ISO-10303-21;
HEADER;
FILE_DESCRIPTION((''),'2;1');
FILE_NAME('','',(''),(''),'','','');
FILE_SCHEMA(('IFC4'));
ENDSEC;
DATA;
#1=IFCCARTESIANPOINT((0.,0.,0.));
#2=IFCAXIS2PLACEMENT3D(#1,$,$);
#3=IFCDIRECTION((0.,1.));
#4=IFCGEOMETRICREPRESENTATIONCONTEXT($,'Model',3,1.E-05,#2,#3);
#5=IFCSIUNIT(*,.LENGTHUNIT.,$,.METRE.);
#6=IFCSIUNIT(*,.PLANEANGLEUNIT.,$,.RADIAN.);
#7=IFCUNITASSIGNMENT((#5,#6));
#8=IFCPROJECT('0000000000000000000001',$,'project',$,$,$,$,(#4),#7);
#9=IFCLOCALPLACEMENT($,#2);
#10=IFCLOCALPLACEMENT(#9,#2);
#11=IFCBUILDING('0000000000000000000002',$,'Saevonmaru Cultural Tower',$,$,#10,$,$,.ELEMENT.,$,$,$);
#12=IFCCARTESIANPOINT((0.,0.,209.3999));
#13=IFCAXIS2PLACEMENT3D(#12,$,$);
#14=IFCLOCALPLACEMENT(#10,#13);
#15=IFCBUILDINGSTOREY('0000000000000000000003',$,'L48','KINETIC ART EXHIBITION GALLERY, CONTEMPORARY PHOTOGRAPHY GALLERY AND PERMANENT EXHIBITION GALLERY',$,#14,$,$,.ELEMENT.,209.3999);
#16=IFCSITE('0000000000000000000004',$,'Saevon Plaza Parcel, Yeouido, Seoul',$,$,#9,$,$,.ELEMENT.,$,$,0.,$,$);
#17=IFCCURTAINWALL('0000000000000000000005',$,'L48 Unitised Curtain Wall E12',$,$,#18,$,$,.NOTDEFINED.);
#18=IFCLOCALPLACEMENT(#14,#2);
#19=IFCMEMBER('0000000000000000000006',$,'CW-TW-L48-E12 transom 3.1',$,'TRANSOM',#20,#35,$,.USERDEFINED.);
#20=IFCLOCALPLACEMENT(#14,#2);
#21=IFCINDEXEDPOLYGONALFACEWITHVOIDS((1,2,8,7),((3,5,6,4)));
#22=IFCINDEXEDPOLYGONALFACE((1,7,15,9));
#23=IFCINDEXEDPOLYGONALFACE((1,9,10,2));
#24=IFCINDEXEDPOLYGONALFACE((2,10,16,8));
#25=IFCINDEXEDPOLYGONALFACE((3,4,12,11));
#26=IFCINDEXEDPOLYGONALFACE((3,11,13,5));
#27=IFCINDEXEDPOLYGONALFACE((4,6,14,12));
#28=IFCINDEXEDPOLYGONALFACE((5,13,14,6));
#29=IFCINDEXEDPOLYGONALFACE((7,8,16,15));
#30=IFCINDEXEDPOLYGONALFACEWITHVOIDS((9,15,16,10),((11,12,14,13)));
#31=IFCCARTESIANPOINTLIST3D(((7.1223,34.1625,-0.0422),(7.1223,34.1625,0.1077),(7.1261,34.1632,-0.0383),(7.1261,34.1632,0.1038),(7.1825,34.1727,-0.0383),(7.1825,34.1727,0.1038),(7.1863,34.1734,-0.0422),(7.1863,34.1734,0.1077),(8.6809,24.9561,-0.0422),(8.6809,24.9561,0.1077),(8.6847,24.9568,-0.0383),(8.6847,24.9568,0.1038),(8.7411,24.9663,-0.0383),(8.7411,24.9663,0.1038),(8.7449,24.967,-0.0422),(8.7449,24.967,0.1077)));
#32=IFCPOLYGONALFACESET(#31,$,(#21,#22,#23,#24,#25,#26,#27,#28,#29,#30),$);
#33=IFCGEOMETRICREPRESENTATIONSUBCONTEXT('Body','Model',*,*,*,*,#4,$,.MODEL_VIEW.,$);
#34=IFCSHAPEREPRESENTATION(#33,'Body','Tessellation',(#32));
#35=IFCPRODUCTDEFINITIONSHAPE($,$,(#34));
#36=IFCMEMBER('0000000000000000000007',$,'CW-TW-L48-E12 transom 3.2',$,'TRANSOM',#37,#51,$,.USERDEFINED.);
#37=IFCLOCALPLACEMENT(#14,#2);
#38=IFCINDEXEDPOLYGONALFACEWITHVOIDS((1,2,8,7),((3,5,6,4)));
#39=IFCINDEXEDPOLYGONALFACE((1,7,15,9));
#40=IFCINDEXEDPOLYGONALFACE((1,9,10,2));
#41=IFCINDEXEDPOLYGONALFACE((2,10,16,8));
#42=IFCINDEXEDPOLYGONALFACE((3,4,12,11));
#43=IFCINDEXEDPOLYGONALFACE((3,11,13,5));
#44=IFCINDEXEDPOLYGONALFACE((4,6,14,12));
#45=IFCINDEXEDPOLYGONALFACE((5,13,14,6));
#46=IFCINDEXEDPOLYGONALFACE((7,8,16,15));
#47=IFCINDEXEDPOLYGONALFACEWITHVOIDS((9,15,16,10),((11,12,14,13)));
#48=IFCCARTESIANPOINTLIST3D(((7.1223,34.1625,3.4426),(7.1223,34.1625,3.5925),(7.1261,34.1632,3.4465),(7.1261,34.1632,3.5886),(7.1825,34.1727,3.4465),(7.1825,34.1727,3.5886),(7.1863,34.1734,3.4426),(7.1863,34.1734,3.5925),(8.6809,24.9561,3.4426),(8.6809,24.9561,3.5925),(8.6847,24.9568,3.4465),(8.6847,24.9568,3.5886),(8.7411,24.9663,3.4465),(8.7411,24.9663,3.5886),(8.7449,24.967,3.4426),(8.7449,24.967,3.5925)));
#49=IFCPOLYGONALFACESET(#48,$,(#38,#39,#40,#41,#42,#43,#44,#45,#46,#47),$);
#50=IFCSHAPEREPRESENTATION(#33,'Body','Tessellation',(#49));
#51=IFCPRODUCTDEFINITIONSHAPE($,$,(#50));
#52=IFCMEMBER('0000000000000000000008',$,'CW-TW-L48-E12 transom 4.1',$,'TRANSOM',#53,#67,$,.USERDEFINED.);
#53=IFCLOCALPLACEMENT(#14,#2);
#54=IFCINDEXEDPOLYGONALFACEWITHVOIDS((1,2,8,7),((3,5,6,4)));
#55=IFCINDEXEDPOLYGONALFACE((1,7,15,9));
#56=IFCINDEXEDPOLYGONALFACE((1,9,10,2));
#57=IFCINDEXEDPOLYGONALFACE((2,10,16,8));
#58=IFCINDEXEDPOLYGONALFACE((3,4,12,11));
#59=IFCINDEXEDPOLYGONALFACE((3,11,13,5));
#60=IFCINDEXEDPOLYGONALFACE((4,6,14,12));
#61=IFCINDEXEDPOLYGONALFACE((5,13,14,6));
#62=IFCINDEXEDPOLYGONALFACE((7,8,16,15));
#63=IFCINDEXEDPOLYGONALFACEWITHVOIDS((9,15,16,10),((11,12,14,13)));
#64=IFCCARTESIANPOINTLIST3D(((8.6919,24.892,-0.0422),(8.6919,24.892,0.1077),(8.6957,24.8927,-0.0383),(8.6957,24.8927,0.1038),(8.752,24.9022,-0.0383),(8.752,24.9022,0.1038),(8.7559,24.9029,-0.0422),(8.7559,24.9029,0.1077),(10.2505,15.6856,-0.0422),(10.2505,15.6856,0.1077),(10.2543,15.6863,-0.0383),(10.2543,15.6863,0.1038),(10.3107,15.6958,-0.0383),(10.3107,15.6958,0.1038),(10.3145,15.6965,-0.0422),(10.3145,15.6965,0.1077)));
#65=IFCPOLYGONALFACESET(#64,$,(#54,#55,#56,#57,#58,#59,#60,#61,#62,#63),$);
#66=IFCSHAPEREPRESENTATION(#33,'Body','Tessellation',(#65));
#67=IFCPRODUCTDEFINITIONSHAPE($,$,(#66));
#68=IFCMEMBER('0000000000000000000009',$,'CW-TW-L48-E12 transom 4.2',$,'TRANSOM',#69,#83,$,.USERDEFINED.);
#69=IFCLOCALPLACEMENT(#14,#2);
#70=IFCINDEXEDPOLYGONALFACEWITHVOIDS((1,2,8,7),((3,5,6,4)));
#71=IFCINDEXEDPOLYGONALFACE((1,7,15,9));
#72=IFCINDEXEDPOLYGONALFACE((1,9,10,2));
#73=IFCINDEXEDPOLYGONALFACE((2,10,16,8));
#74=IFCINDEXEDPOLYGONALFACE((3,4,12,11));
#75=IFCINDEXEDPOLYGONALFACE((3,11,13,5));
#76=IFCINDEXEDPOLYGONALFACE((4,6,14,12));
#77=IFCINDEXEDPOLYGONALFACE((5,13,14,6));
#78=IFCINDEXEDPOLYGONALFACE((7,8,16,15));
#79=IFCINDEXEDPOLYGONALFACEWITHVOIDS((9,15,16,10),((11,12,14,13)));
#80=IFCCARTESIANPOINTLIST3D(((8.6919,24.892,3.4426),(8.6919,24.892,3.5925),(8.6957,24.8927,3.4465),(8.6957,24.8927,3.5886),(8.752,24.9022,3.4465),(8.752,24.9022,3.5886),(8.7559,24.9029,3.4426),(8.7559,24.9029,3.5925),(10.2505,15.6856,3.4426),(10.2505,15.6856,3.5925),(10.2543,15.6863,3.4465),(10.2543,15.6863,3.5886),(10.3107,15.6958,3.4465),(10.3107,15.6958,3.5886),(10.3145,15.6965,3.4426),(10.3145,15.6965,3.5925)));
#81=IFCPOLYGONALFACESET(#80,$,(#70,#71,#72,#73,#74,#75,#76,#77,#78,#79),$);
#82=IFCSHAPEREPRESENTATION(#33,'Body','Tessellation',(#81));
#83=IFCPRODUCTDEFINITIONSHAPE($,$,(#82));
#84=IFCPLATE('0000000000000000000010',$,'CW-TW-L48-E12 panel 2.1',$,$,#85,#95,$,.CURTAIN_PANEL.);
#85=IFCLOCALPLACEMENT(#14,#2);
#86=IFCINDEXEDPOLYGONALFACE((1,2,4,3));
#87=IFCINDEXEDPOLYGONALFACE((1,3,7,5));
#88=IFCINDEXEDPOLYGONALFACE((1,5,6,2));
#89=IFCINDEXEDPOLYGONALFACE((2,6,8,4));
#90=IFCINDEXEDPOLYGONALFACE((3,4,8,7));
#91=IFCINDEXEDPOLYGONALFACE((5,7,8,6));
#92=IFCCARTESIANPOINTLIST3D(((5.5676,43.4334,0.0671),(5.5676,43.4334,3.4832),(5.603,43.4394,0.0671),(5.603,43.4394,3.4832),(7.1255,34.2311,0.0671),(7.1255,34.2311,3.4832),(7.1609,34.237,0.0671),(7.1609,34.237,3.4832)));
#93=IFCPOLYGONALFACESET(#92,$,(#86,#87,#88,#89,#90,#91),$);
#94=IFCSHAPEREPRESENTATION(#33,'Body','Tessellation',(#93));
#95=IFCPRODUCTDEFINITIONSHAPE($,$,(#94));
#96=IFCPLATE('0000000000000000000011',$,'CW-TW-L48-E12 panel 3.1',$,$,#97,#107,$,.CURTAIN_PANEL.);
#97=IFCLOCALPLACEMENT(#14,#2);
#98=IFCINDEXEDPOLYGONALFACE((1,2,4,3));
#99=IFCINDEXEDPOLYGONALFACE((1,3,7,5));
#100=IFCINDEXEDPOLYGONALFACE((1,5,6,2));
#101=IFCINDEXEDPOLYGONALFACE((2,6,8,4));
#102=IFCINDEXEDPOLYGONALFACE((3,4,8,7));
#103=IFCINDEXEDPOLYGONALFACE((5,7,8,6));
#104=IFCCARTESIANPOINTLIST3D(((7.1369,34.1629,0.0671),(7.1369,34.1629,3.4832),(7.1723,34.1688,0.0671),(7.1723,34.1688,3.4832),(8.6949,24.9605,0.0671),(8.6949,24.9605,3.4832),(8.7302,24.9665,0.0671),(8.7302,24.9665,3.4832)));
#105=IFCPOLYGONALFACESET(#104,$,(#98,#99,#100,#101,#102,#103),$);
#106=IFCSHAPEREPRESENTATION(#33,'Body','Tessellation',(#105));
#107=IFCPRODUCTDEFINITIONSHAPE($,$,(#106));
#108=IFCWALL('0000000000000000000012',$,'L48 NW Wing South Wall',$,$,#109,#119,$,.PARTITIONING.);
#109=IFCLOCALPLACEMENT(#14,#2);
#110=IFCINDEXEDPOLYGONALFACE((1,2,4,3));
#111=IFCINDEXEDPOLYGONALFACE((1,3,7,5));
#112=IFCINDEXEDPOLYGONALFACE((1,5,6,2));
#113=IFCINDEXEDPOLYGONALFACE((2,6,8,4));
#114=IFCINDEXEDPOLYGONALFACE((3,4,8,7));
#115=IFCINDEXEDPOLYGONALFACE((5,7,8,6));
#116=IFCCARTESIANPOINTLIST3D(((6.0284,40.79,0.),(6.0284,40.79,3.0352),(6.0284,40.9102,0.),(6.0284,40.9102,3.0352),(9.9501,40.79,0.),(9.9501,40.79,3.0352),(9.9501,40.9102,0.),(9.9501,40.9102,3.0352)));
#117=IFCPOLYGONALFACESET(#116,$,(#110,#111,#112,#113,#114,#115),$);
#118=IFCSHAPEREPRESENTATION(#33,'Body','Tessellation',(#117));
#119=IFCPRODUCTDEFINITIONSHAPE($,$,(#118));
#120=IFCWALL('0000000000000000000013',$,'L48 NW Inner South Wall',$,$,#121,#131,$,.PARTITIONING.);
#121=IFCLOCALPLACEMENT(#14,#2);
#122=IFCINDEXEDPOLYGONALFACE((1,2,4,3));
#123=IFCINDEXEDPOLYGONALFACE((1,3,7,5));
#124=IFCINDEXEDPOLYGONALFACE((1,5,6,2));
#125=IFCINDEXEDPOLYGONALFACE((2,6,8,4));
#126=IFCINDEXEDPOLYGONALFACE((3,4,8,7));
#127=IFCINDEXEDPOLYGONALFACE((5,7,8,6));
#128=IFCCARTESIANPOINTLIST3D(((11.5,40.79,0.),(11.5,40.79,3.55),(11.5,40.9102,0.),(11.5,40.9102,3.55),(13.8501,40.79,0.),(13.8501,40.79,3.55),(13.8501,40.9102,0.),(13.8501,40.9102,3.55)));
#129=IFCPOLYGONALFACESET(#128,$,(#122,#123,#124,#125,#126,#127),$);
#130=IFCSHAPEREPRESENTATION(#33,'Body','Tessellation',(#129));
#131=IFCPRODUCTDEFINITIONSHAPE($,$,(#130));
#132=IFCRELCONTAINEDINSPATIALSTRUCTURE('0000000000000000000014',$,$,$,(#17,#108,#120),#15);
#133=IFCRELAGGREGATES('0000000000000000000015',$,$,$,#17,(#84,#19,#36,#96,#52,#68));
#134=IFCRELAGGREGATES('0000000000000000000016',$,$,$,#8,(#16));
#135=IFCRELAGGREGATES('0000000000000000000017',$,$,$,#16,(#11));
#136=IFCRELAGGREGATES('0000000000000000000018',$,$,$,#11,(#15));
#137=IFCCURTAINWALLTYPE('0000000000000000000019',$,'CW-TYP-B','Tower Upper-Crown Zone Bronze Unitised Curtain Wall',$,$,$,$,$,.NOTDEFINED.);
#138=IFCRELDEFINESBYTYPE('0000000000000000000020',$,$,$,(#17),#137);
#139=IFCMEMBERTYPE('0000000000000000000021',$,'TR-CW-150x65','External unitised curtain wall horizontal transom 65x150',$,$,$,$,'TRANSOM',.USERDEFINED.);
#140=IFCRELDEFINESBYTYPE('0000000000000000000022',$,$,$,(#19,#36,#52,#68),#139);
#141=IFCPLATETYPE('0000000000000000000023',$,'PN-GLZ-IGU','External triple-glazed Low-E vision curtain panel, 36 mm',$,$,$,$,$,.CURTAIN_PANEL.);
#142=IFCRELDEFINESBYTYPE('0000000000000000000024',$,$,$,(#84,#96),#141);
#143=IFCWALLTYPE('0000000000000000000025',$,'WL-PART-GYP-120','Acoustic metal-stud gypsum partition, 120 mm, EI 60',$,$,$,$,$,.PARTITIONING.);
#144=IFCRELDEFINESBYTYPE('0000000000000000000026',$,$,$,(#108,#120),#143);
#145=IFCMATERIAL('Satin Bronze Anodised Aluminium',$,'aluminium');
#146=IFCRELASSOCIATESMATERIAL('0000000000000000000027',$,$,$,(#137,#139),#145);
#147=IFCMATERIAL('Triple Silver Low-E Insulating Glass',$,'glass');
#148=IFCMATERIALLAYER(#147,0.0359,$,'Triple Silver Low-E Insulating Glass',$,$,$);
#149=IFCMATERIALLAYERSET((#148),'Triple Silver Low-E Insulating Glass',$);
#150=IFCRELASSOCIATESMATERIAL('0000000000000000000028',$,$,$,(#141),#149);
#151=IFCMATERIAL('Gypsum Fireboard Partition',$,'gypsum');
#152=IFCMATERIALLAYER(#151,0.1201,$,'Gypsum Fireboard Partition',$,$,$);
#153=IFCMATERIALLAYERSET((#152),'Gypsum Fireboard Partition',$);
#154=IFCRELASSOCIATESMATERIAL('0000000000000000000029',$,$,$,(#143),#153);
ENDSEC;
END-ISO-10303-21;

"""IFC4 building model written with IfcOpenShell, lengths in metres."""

from ifc_helpers import new_model, si_unit, direction, frame, frame_2d, origin, origin_2d, place, context, subcontext, project, spatial, rectangle, hollow_rectangle, extrude, material, layer, layer_set, material_profile, profile_set, type_object, element, aggregate, save


model = new_model("IFC4")

# Units and contexts
model_context = context("Model", 3, precision=1e-05, world=origin(), true_north=direction((0.0, 1.0)))
body_context = subcontext(model_context, "Body", "Model", "MODEL_VIEW")
ifc_project = project(units=[si_unit("LENGTHUNIT", "METRE"), si_unit("PLANEANGLEUNIT", "RADIAN")], contexts=[model_context])

# Site, building, storey
site_placement = place(None, origin())
site = spatial("IfcSite", under=ifc_project, at=site_placement, Name="Saevon Plaza Parcel, Yeouido, Seoul", CompositionType="ELEMENT", RefElevation=0.0)
building_placement = place(site_placement, origin())
building = spatial("IfcBuilding", under=site, at=building_placement, Name="Saevonmaru Cultural Tower", CompositionType="ELEMENT")
storey_placement = place(building_placement, frame((0.0, 0.0, 209.3999)))
storey = spatial("IfcBuildingStorey", under=building, at=storey_placement, Name="L48", Description="KINETIC ART EXHIBITION GALLERY, CONTEMPORARY PHOTOGRAPHY GALLERY AND PERMANENT EXHIBITION GALLERY", CompositionType="ELEMENT", Elevation=209.3999)

# Curtain wall, members, plates
ifc_material_1 = material(Name="Satin Bronze Anodised Aluminium", Category="aluminium")
curtain_wall_type = type_object("IfcCurtainWallType", Name="CW-TYP-B", Description="Tower Upper-Crown Zone Bronze Unitised Curtain Wall", PredefinedType="NOTDEFINED", material=ifc_material_1)
curtain_wall_placement = place(storey_placement, origin())
curtain_wall = element("IfcCurtainWall", 1, at=curtain_wall_placement, inside=storey, type_object=curtain_wall_type, Name="L48 Unitised Curtain Wall E12", PredefinedType="NOTDEFINED")
ifc_material_profile_1 = material_profile(ifc_material_1, hollow_rectangle(XDim=0.0649, YDim=0.1499, WallThickness=0.0039, at=origin_2d()), Name="ALU-TRAN-150x65x4")
ifc_profile_set_1 = profile_set([ifc_material_profile_1], Name="Satin Bronze Anodised Aluminium")
member_type_1 = type_object("IfcMemberType", Name="TR-CW-150x65", Description="External unitised curtain wall horizontal transom 65x150", ElementType="TRANSOM", PredefinedType="USERDEFINED", material=ifc_profile_set_1)
member_1_placement = place(storey_placement, frame((7.1543, 34.168, 0.0327), z_axis=(0.166921, -0.98597, 0.0), x_axis=(0.98597, 0.166921, 0.0)))
member_1 = element("IfcMember", 2, at=member_1_placement, type_object=member_type_1, Name="CW-TW-L48-E12 transom 3.1", ObjectType="TRANSOM", PredefinedType="USERDEFINED", context=body_context, shape_type="SweptSolid", body=[
    extrude(hollow_rectangle(XDim=0.0649, YDim=0.1499, WallThickness=0.0039, at=origin_2d()), origin(), (0.0, 0.0, 1.0), 9.3374),
])
member_2_placement = place(storey_placement, frame((7.1543, 34.168, 3.5176), z_axis=(0.166921, -0.98597, 0.0), x_axis=(0.98597, 0.166921, 0.0)))
member_2 = element("IfcMember", 3, at=member_2_placement, type_object=member_type_1, Name="CW-TW-L48-E12 transom 3.2", ObjectType="TRANSOM", PredefinedType="USERDEFINED", context=body_context, shape_type="SweptSolid", body=[
    extrude(hollow_rectangle(XDim=0.0649, YDim=0.1499, WallThickness=0.0039, at=origin_2d()), origin(), (0.0, 0.0, 1.0), 9.3374),
])
member_3_placement = place(storey_placement, frame((8.7239, 24.8975, 0.0327), z_axis=(0.166921, -0.98597, 0.0), x_axis=(0.98597, 0.166921, 0.0)))
member_3 = element("IfcMember", 4, at=member_3_placement, type_object=member_type_1, Name="CW-TW-L48-E12 transom 4.1", ObjectType="TRANSOM", PredefinedType="USERDEFINED", context=body_context, shape_type="SweptSolid", body=[
    extrude(hollow_rectangle(XDim=0.0649, YDim=0.1499, WallThickness=0.0039, at=origin_2d()), origin(), (0.0, 0.0, 1.0), 9.3374),
])
member_4_placement = place(storey_placement, frame((8.7239, 24.8975, 3.5176), z_axis=(0.166921, -0.98597, 0.0), x_axis=(0.98597, 0.166921, 0.0)))
member_4 = element("IfcMember", 5, at=member_4_placement, type_object=member_type_1, Name="CW-TW-L48-E12 transom 4.2", ObjectType="TRANSOM", PredefinedType="USERDEFINED", context=body_context, shape_type="SweptSolid", body=[
    extrude(hollow_rectangle(XDim=0.0649, YDim=0.1499, WallThickness=0.0039, at=origin_2d()), origin(), (0.0, 0.0, 1.0), 9.3374),
])
ifc_material_2 = material(Name="Triple Silver Low-E Insulating Glass", Category="glass")
ifc_layer_1 = layer(ifc_material_2, 0.0359, Name="Triple Silver Low-E Insulating Glass")
ifc_layer_set_1 = layer_set([ifc_layer_1], Name="Triple Silver Low-E Insulating Glass")
plate_type = type_object("IfcPlateType", Name="PN-GLZ-IGU", Description="External triple-glazed Low-E vision curtain panel, 36 mm", PredefinedType="CURTAIN_PANEL", material=ifc_layer_set_1)
plate_1_placement = place(storey_placement, frame((6.3643, 38.8352, 0.0671), z_axis=(0.0, 0.0, 1.0), x_axis=(0.166922, -0.98597, 0.0)))
plate_1 = element("IfcPlate", 6, at=plate_1_placement, type_object=plate_type, Name="CW-TW-L48-E12 panel 2.1", PredefinedType="CURTAIN_PANEL", context=body_context, shape_type="SweptSolid", body=[
    extrude(rectangle(XDim=9.3333, YDim=0.0359, at=origin_2d()), origin(), (0.0, 0.0, 1.0), 3.416),
])
plate_2_placement = place(storey_placement, frame((7.9336, 29.5647, 0.0671), z_axis=(0.0, 0.0, 1.0), x_axis=(0.166922, -0.98597, 0.0)))
plate_2 = element("IfcPlate", 7, at=plate_2_placement, type_object=plate_type, Name="CW-TW-L48-E12 panel 3.1", PredefinedType="CURTAIN_PANEL", context=body_context, shape_type="SweptSolid", body=[
    extrude(rectangle(XDim=9.3333, YDim=0.0359, at=origin_2d()), origin(), (0.0, 0.0, 1.0), 3.416),
])
aggregate(curtain_wall, [plate_1, member_1, member_2, plate_2, member_3, member_4])

# Shared definitions
ifc_material_3 = material(Name="Gypsum Fireboard Partition", Category="gypsum")

# Walls
ifc_layer_2 = layer(ifc_material_3, 0.1201, Name="Gypsum Fireboard Partition")
ifc_layer_set_2 = layer_set([ifc_layer_2], Name="Gypsum Fireboard Partition")
wall_type_1 = type_object("IfcWallType", Name="WL-PART-GYP-120", Description="Acoustic metal-stud gypsum partition, 120 mm, EI 60", PredefinedType="PARTITIONING", material=ifc_layer_set_2)
wall_1_placement = place(storey_placement, frame((6.0283, 40.8501, 0.0), z_axis=(0.0, 0.0, 1.0), x_axis=(1.0, 0.0, 0.0)))
element("IfcWall", 8, at=wall_1_placement, inside=storey, type_object=wall_type_1, Name="L48 NW Wing South Wall", PredefinedType="PARTITIONING", context=body_context, shape_type="SweptSolid", body=[
    extrude(rectangle(XDim=3.9216, YDim=0.1201, at=frame_2d((1.9609, 0.0))), origin(), (0.0, 0.0, 1.0), 3.0352),
])
wall_2_placement = place(storey_placement, frame((11.5, 40.8501, 0.0), z_axis=(0.0, 0.0, 1.0), x_axis=(1.0, 0.0, 0.0)))
element("IfcWall", 9, at=wall_2_placement, inside=storey, type_object=wall_type_1, Name="L48 NW Inner South Wall", PredefinedType="PARTITIONING", context=body_context, shape_type="SweptSolid", body=[
    extrude(rectangle(XDim=2.3501, YDim=0.1201, at=frame_2d((1.175, 0.0))), origin(), (0.0, 0.0, 1.0), 3.55),
])

save(model, "model.ifc")
